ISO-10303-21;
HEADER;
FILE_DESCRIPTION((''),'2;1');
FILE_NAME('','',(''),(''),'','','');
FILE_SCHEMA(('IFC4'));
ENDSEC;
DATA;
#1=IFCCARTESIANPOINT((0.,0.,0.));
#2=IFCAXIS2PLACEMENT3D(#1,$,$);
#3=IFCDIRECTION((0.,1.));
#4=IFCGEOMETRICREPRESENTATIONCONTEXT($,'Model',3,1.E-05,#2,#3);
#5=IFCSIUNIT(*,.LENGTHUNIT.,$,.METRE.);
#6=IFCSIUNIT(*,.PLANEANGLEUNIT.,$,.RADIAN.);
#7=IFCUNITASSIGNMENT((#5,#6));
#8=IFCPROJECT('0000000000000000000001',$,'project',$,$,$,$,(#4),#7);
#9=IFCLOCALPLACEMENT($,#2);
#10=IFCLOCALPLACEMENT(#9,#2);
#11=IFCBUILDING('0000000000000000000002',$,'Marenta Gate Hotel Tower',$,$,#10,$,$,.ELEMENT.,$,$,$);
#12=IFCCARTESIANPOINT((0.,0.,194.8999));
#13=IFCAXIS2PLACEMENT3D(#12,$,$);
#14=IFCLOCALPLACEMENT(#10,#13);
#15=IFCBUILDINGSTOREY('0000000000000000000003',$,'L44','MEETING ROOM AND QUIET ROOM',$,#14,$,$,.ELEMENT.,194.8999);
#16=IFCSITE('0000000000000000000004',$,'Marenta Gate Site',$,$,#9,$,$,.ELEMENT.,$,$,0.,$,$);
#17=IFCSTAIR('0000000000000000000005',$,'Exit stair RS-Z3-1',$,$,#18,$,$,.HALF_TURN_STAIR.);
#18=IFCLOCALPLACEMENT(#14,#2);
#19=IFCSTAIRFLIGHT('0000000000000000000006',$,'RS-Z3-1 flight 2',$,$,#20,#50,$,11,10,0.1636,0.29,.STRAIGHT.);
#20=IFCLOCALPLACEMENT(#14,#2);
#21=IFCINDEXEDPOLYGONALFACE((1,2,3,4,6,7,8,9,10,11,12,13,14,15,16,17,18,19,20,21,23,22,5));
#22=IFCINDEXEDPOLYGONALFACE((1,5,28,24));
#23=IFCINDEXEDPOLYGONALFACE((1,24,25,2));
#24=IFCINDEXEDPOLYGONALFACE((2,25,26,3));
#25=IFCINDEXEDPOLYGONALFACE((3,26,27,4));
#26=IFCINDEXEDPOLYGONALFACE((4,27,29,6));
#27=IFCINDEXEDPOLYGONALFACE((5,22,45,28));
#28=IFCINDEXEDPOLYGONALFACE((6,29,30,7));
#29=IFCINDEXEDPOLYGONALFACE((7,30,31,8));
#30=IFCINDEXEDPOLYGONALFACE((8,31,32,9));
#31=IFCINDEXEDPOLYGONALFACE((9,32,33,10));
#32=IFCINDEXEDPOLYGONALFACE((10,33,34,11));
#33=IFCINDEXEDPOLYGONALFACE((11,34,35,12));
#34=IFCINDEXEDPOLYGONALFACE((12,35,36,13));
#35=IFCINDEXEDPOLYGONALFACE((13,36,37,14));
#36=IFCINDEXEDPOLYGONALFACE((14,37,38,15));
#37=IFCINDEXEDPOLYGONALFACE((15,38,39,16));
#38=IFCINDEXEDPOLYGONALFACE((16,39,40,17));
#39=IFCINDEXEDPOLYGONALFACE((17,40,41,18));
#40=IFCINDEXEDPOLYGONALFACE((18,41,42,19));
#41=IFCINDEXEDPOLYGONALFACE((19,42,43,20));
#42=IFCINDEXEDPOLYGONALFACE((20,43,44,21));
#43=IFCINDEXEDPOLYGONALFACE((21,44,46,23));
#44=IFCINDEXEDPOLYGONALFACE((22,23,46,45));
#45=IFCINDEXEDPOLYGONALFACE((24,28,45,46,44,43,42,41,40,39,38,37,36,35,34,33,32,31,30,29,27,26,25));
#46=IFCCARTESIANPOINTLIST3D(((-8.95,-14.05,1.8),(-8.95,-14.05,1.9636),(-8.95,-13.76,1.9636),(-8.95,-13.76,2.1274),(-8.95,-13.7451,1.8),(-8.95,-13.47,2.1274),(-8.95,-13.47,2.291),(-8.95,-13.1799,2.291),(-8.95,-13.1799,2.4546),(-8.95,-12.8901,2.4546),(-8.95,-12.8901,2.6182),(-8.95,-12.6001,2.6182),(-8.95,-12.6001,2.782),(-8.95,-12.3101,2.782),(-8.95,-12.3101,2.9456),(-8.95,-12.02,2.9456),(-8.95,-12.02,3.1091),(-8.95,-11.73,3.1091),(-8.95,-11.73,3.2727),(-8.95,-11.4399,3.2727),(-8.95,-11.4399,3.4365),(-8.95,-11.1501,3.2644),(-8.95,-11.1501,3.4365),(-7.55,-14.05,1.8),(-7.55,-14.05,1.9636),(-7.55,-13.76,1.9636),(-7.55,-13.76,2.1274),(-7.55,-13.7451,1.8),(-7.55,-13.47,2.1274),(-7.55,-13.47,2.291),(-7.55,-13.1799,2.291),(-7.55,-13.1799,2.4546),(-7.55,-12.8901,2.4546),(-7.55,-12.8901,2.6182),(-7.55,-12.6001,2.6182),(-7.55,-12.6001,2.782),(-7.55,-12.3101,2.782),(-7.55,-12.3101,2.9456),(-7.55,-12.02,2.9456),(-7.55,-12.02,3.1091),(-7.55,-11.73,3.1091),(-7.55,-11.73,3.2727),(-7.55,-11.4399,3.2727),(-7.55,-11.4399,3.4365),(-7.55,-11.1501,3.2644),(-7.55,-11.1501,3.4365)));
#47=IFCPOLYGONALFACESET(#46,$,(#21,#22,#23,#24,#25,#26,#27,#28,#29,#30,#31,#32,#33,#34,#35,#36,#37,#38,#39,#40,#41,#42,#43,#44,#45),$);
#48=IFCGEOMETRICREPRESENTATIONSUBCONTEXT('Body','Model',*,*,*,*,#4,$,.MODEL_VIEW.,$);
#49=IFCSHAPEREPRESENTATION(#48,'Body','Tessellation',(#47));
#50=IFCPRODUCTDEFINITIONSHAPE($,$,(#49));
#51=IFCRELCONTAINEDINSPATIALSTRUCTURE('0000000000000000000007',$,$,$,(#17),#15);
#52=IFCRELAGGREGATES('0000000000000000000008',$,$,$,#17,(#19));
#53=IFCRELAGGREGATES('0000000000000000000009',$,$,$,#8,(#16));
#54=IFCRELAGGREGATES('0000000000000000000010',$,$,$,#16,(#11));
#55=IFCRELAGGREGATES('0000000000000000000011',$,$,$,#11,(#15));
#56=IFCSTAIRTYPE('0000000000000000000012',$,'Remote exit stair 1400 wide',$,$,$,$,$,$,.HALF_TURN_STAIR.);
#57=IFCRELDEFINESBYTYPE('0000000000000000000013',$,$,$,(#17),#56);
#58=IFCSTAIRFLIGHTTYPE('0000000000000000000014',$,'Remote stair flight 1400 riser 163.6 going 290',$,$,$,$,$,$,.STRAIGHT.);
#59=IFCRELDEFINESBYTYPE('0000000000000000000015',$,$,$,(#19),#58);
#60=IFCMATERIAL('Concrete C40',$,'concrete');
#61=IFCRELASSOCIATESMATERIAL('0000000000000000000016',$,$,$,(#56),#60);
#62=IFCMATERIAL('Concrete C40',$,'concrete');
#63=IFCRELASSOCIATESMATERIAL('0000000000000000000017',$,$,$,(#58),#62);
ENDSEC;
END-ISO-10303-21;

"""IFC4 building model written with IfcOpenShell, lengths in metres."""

from ifc_helpers import new_model, si_unit, direction, frame, origin, place, context, subcontext, project, spatial, polyline, outline, extrude, material, type_object, element, aggregate, save


model = new_model("IFC4")

# Units and contexts
model_context = context("Model", 3, precision=1e-05, world=origin(), true_north=direction((0.0, 1.0)))
body_context = subcontext(model_context, "Body", "Model", "MODEL_VIEW")
ifc_project = project(units=[si_unit("LENGTHUNIT", "METRE"), si_unit("PLANEANGLEUNIT", "RADIAN")], contexts=[model_context])

# Site, building, storey
site_placement = place(None, origin())
site = spatial("IfcSite", under=ifc_project, at=site_placement, Name="Marenta Gate Site", CompositionType="ELEMENT", RefElevation=0.0)
building_placement = place(site_placement, origin())
building = spatial("IfcBuilding", under=site, at=building_placement, Name="Marenta Gate Hotel Tower", CompositionType="ELEMENT")
storey_placement = place(building_placement, frame((0.0, 0.0, 194.8999)))
storey = spatial("IfcBuildingStorey", under=building, at=storey_placement, Name="L44", Description="MEETING ROOM AND QUIET ROOM", CompositionType="ELEMENT", Elevation=194.8999)

# Stair, stair flight
ifc_material_1 = material(Name="Concrete C40", Category="concrete")
stair_type = type_object("IfcStairType", Name="Remote exit stair 1400 wide", PredefinedType="HALF_TURN_STAIR", material=ifc_material_1)
stair_placement = place(storey_placement, origin())
stair = element("IfcStair", 1, at=stair_placement, inside=storey, type_object=stair_type, Name="Exit stair RS-Z3-1", PredefinedType="HALF_TURN_STAIR")
ifc_material_2 = material(Name="Concrete C40", Category="concrete")
stair_flight_type = type_object("IfcStairFlightType", Name="Remote stair flight 1400 riser 163.6 going 290", PredefinedType="STRAIGHT", material=ifc_material_2)
stair_flight_1_placement = place(storey_placement, frame((-8.25, -14.05, 1.8), z_axis=(0.0, 0.0, 1.0), x_axis=(0.0, 1.0, 0.0)))
stair_flight_1 = element("IfcStairFlight", 2, at=stair_flight_1_placement, type_object=stair_flight_type, Name="RS-Z3-1 flight 2", NumberOfRisers=11, NumberOfTreads=10, PredefinedType="STRAIGHT", RiserHeight=0.1636, TreadLength=0.29, context=body_context, shape_type="SweptSolid", body=[
    extrude(outline(polyline([(0.0, 0.0), (0.0, 0.1636), (0.29, 0.1636), (0.29, 0.3274), (0.5801, 0.3274), (0.5801, 0.491), (0.8701, 0.491), (0.8701, 0.6545), (1.1599, 0.6545), (1.1599, 0.8181), (1.45, 0.8181), (1.45, 0.9819), (1.74, 0.9819), (1.74, 1.1455), (2.03, 1.1455), (2.03, 1.3091), (2.3201, 1.3091), (2.3201, 1.4727), (2.6101, 1.4727), (2.6101, 1.6365), (2.8999, 1.6365), (2.8999, 1.8), (2.8999, 1.4644), (0.3049, 0.0), (0.0, 0.0)])), frame((0.0, 0.7, 0.0), z_axis=(0.0, -1.0, 0.0), x_axis=(1.0, 0.0, 0.0)), (0.0, 0.0, 1.0), 1.3999),
])
aggregate(stair, [stair_flight_1])

save(model, "model.ifc")
